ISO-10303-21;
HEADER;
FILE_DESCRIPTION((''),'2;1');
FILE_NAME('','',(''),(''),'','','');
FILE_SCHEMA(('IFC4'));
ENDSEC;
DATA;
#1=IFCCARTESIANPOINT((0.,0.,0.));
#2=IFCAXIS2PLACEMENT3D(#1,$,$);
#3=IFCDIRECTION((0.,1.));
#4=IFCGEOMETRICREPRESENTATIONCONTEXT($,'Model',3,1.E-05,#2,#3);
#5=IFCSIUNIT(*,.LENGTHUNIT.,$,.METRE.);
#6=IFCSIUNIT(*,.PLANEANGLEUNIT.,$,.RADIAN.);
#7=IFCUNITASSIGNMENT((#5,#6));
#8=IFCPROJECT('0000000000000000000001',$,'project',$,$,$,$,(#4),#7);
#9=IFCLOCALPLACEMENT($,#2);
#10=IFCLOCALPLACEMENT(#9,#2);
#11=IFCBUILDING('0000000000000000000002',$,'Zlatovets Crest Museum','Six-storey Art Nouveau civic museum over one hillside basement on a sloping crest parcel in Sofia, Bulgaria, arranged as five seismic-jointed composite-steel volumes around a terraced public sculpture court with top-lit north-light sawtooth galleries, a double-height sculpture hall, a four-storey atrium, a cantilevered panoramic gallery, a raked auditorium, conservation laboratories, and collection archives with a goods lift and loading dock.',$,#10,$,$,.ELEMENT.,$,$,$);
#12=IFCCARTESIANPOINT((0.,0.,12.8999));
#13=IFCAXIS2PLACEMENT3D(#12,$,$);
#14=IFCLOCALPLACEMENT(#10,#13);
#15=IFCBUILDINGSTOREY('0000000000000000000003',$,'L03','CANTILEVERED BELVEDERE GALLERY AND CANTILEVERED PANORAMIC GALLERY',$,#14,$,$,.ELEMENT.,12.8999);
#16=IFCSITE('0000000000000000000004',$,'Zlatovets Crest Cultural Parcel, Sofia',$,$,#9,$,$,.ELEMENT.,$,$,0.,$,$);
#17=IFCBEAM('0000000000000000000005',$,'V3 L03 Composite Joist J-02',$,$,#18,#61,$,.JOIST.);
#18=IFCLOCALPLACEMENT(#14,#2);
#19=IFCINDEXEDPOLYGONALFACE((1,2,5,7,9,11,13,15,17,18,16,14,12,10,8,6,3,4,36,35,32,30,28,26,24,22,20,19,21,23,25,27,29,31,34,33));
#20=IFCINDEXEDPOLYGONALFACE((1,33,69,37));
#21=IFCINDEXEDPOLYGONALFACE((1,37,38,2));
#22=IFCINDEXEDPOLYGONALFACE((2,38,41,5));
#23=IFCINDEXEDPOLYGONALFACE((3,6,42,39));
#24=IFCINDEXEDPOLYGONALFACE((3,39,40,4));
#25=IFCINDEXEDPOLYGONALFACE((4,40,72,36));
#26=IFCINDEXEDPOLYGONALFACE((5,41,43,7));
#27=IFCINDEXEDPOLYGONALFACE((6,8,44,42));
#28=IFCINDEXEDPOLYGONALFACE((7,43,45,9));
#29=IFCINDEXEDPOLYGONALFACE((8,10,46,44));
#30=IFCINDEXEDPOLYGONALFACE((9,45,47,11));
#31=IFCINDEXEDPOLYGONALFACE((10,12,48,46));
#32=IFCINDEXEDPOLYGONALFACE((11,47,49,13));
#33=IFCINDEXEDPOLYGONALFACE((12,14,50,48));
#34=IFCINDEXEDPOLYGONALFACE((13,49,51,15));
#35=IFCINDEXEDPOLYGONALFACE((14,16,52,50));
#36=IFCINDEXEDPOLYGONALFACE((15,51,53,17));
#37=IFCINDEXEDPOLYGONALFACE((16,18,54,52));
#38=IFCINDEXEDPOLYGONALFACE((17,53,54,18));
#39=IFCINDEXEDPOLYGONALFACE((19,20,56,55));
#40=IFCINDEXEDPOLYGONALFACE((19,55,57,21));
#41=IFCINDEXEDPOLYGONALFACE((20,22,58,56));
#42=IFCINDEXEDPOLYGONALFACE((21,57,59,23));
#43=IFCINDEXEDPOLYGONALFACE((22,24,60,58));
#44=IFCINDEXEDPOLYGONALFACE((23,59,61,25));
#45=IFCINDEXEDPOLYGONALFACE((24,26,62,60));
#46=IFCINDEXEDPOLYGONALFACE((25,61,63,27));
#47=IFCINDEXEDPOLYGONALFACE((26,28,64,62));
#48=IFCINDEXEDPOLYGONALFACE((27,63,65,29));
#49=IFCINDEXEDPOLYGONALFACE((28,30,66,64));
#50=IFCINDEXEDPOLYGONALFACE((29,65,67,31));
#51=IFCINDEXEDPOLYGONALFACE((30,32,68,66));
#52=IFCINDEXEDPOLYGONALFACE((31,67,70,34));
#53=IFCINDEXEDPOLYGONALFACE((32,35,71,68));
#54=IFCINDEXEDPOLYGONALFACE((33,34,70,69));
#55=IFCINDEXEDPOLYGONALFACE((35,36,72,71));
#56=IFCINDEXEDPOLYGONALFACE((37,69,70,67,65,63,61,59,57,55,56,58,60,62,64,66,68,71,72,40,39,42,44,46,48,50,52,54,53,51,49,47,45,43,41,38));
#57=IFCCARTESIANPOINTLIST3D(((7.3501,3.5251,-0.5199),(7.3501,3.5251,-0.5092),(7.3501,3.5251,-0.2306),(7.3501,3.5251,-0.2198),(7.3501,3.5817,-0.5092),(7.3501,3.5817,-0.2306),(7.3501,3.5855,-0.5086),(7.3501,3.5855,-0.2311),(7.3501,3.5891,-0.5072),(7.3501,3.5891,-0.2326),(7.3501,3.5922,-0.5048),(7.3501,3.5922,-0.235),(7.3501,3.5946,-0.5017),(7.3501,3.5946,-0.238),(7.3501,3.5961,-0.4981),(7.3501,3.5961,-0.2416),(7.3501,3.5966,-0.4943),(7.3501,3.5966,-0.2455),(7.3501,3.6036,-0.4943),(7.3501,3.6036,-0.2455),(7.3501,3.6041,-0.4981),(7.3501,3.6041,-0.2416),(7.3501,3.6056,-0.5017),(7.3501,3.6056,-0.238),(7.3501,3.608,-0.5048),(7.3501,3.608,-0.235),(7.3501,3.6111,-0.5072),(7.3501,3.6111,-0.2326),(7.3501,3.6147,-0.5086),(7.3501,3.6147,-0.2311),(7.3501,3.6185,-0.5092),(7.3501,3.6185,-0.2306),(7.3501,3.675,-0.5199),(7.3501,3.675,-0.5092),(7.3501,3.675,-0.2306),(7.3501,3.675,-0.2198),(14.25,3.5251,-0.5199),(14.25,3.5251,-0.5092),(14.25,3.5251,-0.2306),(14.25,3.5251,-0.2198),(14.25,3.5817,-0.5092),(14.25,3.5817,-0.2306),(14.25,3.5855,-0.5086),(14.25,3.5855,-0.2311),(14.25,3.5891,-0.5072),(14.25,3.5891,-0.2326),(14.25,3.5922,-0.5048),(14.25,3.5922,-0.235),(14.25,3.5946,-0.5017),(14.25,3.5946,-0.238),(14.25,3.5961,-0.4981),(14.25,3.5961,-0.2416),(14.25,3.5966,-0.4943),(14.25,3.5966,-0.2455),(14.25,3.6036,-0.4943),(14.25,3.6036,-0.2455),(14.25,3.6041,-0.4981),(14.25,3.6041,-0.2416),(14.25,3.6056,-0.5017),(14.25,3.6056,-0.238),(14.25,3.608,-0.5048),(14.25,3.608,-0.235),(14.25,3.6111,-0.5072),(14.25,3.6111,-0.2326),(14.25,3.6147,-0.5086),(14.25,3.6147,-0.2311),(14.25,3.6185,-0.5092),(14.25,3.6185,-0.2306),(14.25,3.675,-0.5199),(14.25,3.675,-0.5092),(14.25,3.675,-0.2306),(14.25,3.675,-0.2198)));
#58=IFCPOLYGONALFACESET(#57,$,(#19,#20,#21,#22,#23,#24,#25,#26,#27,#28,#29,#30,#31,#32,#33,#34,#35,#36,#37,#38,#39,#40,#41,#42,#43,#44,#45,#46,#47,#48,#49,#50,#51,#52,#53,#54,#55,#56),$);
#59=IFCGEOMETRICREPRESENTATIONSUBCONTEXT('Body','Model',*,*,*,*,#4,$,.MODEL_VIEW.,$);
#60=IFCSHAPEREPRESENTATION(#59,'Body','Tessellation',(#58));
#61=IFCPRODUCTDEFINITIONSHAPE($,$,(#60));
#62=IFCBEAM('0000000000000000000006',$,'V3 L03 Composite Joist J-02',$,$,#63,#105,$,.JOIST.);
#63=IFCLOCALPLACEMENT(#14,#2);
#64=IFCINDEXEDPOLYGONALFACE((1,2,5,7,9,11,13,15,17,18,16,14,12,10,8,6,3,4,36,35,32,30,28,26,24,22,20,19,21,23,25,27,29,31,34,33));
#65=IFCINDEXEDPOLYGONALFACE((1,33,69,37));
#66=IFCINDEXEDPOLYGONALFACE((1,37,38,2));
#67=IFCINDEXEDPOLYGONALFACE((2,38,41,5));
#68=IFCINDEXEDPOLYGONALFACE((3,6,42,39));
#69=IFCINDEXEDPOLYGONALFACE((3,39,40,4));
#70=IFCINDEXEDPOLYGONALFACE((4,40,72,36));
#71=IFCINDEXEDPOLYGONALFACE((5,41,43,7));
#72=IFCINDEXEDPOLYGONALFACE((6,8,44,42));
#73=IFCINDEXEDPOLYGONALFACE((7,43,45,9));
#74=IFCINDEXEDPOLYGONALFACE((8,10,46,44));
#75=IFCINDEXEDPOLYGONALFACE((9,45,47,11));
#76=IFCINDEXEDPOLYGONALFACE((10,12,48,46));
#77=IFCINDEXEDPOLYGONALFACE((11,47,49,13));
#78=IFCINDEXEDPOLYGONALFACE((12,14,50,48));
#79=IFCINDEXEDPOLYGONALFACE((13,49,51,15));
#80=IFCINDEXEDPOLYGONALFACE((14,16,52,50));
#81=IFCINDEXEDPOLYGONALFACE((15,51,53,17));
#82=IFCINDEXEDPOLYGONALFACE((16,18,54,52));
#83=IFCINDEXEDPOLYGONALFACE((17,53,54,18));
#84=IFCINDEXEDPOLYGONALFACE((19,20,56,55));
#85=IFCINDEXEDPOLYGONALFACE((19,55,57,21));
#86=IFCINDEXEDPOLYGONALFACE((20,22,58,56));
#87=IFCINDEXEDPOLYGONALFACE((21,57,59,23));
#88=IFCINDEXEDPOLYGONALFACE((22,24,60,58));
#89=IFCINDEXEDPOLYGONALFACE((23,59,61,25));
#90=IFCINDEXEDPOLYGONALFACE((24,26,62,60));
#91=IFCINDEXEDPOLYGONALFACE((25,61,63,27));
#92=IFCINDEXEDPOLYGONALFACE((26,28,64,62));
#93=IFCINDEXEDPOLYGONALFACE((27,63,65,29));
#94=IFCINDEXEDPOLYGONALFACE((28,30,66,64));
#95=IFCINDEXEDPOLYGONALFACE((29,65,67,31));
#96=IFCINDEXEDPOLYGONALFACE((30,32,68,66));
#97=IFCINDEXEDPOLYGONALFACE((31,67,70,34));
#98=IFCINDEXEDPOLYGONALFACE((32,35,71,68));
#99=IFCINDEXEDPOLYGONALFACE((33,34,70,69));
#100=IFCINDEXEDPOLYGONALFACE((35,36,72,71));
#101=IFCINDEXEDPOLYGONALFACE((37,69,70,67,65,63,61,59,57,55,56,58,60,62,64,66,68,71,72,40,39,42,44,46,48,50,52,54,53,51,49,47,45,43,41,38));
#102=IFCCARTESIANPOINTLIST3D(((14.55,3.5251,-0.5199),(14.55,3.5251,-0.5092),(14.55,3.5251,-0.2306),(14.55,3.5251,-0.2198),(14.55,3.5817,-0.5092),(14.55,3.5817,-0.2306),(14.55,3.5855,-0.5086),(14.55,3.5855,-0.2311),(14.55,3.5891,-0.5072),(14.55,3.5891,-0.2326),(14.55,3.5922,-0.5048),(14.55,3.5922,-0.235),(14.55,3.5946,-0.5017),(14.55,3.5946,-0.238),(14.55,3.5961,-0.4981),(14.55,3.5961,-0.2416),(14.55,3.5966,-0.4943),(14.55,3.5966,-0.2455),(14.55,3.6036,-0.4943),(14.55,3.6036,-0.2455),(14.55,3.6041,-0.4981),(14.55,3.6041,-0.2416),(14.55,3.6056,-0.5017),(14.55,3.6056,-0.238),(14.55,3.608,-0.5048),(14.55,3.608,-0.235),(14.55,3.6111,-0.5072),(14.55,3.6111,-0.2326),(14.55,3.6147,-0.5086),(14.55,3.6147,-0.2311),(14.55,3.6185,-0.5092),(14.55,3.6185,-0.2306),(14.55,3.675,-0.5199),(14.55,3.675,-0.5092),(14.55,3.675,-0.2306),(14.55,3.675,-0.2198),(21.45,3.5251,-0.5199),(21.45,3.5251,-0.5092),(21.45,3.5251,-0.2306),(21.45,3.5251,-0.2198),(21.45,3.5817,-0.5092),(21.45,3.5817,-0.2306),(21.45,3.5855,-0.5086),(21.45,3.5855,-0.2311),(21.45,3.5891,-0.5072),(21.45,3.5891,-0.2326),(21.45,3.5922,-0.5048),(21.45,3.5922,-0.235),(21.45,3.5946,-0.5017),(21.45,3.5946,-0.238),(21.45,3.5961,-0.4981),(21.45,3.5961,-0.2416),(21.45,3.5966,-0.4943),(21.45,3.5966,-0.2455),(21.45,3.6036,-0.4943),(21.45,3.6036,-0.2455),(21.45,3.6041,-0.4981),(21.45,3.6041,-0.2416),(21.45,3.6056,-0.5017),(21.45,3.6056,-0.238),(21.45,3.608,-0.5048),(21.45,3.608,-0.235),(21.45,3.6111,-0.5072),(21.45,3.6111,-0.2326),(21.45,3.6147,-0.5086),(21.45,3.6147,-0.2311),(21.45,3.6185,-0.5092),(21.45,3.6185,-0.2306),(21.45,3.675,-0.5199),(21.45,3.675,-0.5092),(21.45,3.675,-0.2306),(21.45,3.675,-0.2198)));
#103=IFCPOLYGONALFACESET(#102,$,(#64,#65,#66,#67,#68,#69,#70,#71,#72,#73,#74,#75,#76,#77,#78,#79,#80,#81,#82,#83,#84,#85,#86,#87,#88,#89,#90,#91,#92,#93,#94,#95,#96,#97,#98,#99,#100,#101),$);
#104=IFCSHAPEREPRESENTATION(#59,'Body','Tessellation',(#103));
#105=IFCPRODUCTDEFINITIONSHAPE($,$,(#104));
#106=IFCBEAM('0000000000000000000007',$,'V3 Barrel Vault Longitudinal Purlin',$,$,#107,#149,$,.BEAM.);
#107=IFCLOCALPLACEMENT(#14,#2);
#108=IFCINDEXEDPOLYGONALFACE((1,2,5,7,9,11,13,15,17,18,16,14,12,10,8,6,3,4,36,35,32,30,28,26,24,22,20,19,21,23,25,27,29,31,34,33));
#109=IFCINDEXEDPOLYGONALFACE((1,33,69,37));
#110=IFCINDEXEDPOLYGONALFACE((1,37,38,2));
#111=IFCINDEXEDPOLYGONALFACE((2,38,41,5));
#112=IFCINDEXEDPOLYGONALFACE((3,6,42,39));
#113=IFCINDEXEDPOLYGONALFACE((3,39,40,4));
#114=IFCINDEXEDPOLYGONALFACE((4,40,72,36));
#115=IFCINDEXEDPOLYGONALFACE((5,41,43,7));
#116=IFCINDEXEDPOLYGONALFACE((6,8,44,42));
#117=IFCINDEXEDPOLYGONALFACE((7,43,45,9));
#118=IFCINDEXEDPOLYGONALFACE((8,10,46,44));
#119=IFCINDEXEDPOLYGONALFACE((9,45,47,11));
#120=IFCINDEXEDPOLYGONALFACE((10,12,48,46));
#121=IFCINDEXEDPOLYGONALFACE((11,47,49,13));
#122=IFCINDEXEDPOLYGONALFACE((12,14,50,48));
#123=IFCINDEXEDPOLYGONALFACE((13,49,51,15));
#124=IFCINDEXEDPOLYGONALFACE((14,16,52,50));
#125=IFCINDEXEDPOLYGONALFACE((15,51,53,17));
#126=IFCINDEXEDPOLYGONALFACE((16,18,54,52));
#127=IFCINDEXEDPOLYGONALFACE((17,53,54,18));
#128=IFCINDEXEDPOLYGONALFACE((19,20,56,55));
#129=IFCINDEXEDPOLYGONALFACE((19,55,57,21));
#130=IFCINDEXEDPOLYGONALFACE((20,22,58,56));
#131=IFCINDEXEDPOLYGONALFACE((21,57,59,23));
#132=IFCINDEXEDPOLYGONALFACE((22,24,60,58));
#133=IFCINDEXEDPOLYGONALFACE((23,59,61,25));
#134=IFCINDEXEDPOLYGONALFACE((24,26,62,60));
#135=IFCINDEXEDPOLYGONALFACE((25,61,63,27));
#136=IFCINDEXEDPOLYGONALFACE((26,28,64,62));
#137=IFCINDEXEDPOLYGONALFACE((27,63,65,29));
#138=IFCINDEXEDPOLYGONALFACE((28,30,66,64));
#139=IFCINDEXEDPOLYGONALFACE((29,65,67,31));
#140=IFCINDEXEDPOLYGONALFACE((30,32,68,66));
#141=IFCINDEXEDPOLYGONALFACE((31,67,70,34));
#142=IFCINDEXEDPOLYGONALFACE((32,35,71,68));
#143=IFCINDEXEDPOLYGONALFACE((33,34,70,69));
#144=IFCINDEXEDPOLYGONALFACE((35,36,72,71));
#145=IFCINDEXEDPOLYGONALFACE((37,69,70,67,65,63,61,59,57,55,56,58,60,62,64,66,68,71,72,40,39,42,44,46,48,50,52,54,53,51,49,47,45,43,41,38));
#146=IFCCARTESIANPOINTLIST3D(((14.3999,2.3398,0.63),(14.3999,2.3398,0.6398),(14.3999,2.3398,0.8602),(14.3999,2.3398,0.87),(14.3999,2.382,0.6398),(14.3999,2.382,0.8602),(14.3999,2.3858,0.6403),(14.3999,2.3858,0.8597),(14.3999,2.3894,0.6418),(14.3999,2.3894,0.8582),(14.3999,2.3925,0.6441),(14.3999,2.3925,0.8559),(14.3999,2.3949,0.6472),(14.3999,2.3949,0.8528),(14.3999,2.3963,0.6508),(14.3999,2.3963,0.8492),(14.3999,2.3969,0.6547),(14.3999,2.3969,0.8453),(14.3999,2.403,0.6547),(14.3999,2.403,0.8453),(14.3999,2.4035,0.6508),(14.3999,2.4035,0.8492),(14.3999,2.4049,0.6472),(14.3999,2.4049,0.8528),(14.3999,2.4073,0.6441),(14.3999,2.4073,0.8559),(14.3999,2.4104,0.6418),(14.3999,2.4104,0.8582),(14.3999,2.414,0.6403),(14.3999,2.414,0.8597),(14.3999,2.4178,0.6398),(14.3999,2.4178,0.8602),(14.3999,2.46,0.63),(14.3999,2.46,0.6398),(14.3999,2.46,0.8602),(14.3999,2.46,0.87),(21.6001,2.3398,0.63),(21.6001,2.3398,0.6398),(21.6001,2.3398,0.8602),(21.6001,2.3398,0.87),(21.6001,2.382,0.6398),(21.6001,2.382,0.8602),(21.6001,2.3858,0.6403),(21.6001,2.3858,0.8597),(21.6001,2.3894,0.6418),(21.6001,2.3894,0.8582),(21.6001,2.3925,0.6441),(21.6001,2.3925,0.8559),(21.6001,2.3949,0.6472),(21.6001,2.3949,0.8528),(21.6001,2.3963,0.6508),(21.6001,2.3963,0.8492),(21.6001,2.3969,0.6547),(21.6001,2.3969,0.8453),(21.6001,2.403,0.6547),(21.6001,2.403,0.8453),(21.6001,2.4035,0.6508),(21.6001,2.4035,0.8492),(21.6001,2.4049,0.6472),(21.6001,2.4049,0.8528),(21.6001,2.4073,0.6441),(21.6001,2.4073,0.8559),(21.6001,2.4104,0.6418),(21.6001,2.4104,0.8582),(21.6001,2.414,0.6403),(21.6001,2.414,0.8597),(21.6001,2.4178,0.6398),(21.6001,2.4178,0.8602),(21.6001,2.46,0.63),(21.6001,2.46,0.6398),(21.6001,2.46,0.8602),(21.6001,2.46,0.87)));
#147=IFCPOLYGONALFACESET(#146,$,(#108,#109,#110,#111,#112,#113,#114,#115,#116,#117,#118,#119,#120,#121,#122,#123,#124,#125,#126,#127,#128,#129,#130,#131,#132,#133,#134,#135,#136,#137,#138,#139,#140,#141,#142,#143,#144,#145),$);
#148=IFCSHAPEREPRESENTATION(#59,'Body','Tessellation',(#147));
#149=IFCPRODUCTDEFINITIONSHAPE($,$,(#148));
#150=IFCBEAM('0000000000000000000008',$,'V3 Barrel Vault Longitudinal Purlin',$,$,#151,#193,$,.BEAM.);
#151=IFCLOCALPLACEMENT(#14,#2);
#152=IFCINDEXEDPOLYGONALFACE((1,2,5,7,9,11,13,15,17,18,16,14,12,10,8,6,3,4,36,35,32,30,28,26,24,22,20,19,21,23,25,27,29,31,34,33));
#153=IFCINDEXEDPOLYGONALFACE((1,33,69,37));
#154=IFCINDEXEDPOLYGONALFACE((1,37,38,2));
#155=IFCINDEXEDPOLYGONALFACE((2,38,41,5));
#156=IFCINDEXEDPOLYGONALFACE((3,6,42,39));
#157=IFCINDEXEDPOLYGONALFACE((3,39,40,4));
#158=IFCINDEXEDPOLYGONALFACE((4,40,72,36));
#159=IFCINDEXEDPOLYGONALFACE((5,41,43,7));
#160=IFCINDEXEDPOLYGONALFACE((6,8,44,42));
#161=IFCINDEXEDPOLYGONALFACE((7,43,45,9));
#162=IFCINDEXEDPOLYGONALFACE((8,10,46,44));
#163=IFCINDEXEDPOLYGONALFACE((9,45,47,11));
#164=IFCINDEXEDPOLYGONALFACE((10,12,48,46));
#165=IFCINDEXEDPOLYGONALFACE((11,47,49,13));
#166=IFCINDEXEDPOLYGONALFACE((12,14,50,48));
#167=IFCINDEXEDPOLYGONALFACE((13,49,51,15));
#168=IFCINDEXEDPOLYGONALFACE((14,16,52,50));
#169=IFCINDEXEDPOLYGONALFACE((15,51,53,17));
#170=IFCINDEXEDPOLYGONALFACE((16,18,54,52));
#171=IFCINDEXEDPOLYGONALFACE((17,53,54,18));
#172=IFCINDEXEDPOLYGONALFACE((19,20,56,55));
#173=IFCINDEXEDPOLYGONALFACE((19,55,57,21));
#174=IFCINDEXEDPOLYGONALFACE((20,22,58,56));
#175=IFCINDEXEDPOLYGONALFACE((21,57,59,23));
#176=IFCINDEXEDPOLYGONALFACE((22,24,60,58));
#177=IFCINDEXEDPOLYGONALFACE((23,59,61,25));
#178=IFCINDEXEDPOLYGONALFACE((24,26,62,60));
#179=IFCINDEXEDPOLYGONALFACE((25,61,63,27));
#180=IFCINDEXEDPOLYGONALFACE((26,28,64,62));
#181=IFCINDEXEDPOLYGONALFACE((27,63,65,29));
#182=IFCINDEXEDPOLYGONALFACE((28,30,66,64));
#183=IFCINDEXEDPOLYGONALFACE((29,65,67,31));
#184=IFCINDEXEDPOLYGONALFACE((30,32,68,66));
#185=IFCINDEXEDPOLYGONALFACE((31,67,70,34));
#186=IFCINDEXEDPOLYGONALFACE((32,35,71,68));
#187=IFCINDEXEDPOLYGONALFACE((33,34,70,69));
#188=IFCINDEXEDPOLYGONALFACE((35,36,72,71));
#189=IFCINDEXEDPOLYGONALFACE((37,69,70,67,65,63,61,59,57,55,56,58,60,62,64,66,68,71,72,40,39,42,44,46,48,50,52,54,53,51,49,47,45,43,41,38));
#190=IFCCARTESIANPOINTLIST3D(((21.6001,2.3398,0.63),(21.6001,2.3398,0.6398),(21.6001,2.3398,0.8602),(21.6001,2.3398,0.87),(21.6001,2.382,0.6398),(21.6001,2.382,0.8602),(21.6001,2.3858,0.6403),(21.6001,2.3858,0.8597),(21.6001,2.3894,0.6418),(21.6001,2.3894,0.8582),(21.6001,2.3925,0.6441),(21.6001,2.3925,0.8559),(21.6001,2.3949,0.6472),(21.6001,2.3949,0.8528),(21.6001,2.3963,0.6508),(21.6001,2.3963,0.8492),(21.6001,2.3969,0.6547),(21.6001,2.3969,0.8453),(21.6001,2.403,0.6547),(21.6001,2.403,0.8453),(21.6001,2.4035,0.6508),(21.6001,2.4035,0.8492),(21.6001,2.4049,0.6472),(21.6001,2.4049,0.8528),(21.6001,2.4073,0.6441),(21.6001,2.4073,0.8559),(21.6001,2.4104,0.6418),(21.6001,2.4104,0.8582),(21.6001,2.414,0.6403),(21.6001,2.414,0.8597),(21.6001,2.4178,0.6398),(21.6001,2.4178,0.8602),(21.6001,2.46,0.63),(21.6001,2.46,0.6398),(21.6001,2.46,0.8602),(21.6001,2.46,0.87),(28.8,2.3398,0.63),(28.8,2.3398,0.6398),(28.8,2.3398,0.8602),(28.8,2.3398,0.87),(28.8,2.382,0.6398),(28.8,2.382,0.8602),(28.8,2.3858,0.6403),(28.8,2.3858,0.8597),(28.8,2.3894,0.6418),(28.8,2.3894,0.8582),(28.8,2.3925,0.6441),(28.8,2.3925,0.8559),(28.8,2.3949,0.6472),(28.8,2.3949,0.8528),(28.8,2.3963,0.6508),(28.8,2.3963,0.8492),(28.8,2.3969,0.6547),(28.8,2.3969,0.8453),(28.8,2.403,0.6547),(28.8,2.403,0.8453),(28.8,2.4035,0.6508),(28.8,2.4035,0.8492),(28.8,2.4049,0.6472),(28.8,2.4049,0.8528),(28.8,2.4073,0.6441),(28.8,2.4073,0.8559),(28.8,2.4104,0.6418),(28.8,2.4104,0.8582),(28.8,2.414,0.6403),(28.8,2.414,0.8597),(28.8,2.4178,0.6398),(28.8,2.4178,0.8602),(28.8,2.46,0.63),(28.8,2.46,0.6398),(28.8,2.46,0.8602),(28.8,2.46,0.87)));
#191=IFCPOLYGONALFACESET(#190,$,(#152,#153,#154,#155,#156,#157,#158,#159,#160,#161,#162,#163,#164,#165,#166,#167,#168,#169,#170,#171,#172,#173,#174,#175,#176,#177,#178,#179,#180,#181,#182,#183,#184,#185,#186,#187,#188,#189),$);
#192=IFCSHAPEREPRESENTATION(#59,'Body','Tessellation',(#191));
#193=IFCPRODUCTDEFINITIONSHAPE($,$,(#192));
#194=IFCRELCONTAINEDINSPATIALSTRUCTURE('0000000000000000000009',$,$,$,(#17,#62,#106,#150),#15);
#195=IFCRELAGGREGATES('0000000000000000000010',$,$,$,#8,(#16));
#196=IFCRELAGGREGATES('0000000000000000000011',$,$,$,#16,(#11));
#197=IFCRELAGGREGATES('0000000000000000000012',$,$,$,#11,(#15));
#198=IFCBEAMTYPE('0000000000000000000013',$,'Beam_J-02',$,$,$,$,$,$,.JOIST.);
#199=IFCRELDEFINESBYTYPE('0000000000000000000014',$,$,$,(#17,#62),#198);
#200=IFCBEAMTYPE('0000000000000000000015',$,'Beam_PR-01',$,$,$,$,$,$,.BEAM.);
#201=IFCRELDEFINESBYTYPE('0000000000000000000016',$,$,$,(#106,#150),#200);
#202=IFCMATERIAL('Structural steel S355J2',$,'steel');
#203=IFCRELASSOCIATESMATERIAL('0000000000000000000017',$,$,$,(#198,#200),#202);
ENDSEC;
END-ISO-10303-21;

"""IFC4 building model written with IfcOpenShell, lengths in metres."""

from ifc_helpers import new_model, si_unit, direction, frame, origin, origin_2d, place, context, subcontext, project, spatial, i_section, extrude, material, material_profile, profile_set, type_object, element, save


model = new_model("IFC4")

# Units and contexts
model_context = context("Model", 3, precision=1e-05, world=origin(), true_north=direction((0.0, 1.0)))
body_context = subcontext(model_context, "Body", "Model", "MODEL_VIEW")
ifc_project = project(units=[si_unit("LENGTHUNIT", "METRE"), si_unit("PLANEANGLEUNIT", "RADIAN")], contexts=[model_context])

# Site, building, storey
site_placement = place(None, origin())
site = spatial("IfcSite", under=ifc_project, at=site_placement, Name="Zlatovets Crest Cultural Parcel, Sofia", CompositionType="ELEMENT", RefElevation=0.0)
building_placement = place(site_placement, origin())
building = spatial("IfcBuilding", under=site, at=building_placement, Name="Zlatovets Crest Museum", Description="Six-storey Art Nouveau civic museum over one hillside basement on a sloping crest parcel in Sofia, Bulgaria, arranged as five seismic-jointed composite-steel volumes around a terraced public sculpture court with top-lit north-light sawtooth galleries, a double-height sculpture hall, a four-storey atrium, a cantilevered panoramic gallery, a raked auditorium, conservation laboratories, and collection archives with a goods lift and loading dock.", CompositionType="ELEMENT")
storey_placement = place(building_placement, frame((0.0, 0.0, 12.8999)))
storey = spatial("IfcBuildingStorey", under=building, at=storey_placement, Name="L03", Description="CANTILEVERED BELVEDERE GALLERY AND CANTILEVERED PANORAMIC GALLERY", CompositionType="ELEMENT", Elevation=12.8999)

# Beams
ifc_material_1 = material(Name="Structural steel S355J2", Category="steel")
ifc_material_profile_1 = material_profile(ifc_material_1, i_section(OverallWidth=0.1499, OverallDepth=0.3, WebThickness=0.0071, FlangeThickness=0.0107, FilletRadius=0.0149, at=origin_2d()), Name="IPE 300")
ifc_profile_set_1 = profile_set([ifc_material_profile_1], Name="Structural steel S355J2")
beam_type_1 = type_object("IfcBeamType", Name="Beam_J-02", PredefinedType="JOIST", material=ifc_profile_set_1)
for number, where, z_axis, x_axis, name in (
    (1, (7.3501, 3.6001, -0.3699), (1.0, 0.0, 0.0), (0.0, 1.0, 0.0), "V3 L03 Composite Joist J-02"),
    (2, (14.55, 3.6001, -0.3699), (1.0, 0.0, 0.0), (0.0, 1.0, 0.0), "V3 L03 Composite Joist J-02"),
):
    element("IfcBeam", number, at=place(storey_placement, frame(where, z_axis=z_axis, x_axis=x_axis)), inside=storey, type_object=beam_type_1, Name=name, PredefinedType="JOIST", context=body_context, shape_type="SweptSolid", body=[
        extrude(i_section(OverallWidth=0.1499, OverallDepth=0.3, WebThickness=0.0071, FlangeThickness=0.0107, FilletRadius=0.0149, at=origin_2d()), origin(), (0.0, 0.0, 1.0), 6.8999),
    ])
ifc_material_profile_2 = material_profile(ifc_material_1, i_section(OverallWidth=0.1201, OverallDepth=0.24, WebThickness=0.0061, FlangeThickness=0.0098, FilletRadius=0.0149, at=origin_2d()), Name="IPE 240")
ifc_profile_set_2 = profile_set([ifc_material_profile_2], Name="Structural steel S355J2")
beam_type_2 = type_object("IfcBeamType", Name="Beam_PR-01", PredefinedType="BEAM", material=ifc_profile_set_2)
beam_1_placement = place(storey_placement, frame((14.3999, 2.3999, 0.75), z_axis=(1.0, 0.0, 0.0), x_axis=(0.0, 1.0, 0.0)))
element("IfcBeam", 3, at=beam_1_placement, inside=storey, type_object=beam_type_2, Name="V3 Barrel Vault Longitudinal Purlin", PredefinedType="BEAM", context=body_context, shape_type="SweptSolid", body=[
    extrude(i_section(OverallWidth=0.1201, OverallDepth=0.24, WebThickness=0.0061, FlangeThickness=0.0098, FilletRadius=0.0149, at=origin_2d()), origin(), (0.0, 0.0, 1.0), 7.2002),
])
beam_2_placement = place(storey_placement, frame((21.6001, 2.3999, 0.75), z_axis=(1.0, 0.0, 0.0), x_axis=(0.0, 1.0, 0.0)))
element("IfcBeam", 4, at=beam_2_placement, inside=storey, type_object=beam_type_2, Name="V3 Barrel Vault Longitudinal Purlin", PredefinedType="BEAM", context=body_context, shape_type="SweptSolid", body=[
    extrude(i_section(OverallWidth=0.1201, OverallDepth=0.24, WebThickness=0.0061, FlangeThickness=0.0098, FilletRadius=0.0149, at=origin_2d()), origin(), (0.0, 0.0, 1.0), 7.2),
])

save(model, "model.ifc")
